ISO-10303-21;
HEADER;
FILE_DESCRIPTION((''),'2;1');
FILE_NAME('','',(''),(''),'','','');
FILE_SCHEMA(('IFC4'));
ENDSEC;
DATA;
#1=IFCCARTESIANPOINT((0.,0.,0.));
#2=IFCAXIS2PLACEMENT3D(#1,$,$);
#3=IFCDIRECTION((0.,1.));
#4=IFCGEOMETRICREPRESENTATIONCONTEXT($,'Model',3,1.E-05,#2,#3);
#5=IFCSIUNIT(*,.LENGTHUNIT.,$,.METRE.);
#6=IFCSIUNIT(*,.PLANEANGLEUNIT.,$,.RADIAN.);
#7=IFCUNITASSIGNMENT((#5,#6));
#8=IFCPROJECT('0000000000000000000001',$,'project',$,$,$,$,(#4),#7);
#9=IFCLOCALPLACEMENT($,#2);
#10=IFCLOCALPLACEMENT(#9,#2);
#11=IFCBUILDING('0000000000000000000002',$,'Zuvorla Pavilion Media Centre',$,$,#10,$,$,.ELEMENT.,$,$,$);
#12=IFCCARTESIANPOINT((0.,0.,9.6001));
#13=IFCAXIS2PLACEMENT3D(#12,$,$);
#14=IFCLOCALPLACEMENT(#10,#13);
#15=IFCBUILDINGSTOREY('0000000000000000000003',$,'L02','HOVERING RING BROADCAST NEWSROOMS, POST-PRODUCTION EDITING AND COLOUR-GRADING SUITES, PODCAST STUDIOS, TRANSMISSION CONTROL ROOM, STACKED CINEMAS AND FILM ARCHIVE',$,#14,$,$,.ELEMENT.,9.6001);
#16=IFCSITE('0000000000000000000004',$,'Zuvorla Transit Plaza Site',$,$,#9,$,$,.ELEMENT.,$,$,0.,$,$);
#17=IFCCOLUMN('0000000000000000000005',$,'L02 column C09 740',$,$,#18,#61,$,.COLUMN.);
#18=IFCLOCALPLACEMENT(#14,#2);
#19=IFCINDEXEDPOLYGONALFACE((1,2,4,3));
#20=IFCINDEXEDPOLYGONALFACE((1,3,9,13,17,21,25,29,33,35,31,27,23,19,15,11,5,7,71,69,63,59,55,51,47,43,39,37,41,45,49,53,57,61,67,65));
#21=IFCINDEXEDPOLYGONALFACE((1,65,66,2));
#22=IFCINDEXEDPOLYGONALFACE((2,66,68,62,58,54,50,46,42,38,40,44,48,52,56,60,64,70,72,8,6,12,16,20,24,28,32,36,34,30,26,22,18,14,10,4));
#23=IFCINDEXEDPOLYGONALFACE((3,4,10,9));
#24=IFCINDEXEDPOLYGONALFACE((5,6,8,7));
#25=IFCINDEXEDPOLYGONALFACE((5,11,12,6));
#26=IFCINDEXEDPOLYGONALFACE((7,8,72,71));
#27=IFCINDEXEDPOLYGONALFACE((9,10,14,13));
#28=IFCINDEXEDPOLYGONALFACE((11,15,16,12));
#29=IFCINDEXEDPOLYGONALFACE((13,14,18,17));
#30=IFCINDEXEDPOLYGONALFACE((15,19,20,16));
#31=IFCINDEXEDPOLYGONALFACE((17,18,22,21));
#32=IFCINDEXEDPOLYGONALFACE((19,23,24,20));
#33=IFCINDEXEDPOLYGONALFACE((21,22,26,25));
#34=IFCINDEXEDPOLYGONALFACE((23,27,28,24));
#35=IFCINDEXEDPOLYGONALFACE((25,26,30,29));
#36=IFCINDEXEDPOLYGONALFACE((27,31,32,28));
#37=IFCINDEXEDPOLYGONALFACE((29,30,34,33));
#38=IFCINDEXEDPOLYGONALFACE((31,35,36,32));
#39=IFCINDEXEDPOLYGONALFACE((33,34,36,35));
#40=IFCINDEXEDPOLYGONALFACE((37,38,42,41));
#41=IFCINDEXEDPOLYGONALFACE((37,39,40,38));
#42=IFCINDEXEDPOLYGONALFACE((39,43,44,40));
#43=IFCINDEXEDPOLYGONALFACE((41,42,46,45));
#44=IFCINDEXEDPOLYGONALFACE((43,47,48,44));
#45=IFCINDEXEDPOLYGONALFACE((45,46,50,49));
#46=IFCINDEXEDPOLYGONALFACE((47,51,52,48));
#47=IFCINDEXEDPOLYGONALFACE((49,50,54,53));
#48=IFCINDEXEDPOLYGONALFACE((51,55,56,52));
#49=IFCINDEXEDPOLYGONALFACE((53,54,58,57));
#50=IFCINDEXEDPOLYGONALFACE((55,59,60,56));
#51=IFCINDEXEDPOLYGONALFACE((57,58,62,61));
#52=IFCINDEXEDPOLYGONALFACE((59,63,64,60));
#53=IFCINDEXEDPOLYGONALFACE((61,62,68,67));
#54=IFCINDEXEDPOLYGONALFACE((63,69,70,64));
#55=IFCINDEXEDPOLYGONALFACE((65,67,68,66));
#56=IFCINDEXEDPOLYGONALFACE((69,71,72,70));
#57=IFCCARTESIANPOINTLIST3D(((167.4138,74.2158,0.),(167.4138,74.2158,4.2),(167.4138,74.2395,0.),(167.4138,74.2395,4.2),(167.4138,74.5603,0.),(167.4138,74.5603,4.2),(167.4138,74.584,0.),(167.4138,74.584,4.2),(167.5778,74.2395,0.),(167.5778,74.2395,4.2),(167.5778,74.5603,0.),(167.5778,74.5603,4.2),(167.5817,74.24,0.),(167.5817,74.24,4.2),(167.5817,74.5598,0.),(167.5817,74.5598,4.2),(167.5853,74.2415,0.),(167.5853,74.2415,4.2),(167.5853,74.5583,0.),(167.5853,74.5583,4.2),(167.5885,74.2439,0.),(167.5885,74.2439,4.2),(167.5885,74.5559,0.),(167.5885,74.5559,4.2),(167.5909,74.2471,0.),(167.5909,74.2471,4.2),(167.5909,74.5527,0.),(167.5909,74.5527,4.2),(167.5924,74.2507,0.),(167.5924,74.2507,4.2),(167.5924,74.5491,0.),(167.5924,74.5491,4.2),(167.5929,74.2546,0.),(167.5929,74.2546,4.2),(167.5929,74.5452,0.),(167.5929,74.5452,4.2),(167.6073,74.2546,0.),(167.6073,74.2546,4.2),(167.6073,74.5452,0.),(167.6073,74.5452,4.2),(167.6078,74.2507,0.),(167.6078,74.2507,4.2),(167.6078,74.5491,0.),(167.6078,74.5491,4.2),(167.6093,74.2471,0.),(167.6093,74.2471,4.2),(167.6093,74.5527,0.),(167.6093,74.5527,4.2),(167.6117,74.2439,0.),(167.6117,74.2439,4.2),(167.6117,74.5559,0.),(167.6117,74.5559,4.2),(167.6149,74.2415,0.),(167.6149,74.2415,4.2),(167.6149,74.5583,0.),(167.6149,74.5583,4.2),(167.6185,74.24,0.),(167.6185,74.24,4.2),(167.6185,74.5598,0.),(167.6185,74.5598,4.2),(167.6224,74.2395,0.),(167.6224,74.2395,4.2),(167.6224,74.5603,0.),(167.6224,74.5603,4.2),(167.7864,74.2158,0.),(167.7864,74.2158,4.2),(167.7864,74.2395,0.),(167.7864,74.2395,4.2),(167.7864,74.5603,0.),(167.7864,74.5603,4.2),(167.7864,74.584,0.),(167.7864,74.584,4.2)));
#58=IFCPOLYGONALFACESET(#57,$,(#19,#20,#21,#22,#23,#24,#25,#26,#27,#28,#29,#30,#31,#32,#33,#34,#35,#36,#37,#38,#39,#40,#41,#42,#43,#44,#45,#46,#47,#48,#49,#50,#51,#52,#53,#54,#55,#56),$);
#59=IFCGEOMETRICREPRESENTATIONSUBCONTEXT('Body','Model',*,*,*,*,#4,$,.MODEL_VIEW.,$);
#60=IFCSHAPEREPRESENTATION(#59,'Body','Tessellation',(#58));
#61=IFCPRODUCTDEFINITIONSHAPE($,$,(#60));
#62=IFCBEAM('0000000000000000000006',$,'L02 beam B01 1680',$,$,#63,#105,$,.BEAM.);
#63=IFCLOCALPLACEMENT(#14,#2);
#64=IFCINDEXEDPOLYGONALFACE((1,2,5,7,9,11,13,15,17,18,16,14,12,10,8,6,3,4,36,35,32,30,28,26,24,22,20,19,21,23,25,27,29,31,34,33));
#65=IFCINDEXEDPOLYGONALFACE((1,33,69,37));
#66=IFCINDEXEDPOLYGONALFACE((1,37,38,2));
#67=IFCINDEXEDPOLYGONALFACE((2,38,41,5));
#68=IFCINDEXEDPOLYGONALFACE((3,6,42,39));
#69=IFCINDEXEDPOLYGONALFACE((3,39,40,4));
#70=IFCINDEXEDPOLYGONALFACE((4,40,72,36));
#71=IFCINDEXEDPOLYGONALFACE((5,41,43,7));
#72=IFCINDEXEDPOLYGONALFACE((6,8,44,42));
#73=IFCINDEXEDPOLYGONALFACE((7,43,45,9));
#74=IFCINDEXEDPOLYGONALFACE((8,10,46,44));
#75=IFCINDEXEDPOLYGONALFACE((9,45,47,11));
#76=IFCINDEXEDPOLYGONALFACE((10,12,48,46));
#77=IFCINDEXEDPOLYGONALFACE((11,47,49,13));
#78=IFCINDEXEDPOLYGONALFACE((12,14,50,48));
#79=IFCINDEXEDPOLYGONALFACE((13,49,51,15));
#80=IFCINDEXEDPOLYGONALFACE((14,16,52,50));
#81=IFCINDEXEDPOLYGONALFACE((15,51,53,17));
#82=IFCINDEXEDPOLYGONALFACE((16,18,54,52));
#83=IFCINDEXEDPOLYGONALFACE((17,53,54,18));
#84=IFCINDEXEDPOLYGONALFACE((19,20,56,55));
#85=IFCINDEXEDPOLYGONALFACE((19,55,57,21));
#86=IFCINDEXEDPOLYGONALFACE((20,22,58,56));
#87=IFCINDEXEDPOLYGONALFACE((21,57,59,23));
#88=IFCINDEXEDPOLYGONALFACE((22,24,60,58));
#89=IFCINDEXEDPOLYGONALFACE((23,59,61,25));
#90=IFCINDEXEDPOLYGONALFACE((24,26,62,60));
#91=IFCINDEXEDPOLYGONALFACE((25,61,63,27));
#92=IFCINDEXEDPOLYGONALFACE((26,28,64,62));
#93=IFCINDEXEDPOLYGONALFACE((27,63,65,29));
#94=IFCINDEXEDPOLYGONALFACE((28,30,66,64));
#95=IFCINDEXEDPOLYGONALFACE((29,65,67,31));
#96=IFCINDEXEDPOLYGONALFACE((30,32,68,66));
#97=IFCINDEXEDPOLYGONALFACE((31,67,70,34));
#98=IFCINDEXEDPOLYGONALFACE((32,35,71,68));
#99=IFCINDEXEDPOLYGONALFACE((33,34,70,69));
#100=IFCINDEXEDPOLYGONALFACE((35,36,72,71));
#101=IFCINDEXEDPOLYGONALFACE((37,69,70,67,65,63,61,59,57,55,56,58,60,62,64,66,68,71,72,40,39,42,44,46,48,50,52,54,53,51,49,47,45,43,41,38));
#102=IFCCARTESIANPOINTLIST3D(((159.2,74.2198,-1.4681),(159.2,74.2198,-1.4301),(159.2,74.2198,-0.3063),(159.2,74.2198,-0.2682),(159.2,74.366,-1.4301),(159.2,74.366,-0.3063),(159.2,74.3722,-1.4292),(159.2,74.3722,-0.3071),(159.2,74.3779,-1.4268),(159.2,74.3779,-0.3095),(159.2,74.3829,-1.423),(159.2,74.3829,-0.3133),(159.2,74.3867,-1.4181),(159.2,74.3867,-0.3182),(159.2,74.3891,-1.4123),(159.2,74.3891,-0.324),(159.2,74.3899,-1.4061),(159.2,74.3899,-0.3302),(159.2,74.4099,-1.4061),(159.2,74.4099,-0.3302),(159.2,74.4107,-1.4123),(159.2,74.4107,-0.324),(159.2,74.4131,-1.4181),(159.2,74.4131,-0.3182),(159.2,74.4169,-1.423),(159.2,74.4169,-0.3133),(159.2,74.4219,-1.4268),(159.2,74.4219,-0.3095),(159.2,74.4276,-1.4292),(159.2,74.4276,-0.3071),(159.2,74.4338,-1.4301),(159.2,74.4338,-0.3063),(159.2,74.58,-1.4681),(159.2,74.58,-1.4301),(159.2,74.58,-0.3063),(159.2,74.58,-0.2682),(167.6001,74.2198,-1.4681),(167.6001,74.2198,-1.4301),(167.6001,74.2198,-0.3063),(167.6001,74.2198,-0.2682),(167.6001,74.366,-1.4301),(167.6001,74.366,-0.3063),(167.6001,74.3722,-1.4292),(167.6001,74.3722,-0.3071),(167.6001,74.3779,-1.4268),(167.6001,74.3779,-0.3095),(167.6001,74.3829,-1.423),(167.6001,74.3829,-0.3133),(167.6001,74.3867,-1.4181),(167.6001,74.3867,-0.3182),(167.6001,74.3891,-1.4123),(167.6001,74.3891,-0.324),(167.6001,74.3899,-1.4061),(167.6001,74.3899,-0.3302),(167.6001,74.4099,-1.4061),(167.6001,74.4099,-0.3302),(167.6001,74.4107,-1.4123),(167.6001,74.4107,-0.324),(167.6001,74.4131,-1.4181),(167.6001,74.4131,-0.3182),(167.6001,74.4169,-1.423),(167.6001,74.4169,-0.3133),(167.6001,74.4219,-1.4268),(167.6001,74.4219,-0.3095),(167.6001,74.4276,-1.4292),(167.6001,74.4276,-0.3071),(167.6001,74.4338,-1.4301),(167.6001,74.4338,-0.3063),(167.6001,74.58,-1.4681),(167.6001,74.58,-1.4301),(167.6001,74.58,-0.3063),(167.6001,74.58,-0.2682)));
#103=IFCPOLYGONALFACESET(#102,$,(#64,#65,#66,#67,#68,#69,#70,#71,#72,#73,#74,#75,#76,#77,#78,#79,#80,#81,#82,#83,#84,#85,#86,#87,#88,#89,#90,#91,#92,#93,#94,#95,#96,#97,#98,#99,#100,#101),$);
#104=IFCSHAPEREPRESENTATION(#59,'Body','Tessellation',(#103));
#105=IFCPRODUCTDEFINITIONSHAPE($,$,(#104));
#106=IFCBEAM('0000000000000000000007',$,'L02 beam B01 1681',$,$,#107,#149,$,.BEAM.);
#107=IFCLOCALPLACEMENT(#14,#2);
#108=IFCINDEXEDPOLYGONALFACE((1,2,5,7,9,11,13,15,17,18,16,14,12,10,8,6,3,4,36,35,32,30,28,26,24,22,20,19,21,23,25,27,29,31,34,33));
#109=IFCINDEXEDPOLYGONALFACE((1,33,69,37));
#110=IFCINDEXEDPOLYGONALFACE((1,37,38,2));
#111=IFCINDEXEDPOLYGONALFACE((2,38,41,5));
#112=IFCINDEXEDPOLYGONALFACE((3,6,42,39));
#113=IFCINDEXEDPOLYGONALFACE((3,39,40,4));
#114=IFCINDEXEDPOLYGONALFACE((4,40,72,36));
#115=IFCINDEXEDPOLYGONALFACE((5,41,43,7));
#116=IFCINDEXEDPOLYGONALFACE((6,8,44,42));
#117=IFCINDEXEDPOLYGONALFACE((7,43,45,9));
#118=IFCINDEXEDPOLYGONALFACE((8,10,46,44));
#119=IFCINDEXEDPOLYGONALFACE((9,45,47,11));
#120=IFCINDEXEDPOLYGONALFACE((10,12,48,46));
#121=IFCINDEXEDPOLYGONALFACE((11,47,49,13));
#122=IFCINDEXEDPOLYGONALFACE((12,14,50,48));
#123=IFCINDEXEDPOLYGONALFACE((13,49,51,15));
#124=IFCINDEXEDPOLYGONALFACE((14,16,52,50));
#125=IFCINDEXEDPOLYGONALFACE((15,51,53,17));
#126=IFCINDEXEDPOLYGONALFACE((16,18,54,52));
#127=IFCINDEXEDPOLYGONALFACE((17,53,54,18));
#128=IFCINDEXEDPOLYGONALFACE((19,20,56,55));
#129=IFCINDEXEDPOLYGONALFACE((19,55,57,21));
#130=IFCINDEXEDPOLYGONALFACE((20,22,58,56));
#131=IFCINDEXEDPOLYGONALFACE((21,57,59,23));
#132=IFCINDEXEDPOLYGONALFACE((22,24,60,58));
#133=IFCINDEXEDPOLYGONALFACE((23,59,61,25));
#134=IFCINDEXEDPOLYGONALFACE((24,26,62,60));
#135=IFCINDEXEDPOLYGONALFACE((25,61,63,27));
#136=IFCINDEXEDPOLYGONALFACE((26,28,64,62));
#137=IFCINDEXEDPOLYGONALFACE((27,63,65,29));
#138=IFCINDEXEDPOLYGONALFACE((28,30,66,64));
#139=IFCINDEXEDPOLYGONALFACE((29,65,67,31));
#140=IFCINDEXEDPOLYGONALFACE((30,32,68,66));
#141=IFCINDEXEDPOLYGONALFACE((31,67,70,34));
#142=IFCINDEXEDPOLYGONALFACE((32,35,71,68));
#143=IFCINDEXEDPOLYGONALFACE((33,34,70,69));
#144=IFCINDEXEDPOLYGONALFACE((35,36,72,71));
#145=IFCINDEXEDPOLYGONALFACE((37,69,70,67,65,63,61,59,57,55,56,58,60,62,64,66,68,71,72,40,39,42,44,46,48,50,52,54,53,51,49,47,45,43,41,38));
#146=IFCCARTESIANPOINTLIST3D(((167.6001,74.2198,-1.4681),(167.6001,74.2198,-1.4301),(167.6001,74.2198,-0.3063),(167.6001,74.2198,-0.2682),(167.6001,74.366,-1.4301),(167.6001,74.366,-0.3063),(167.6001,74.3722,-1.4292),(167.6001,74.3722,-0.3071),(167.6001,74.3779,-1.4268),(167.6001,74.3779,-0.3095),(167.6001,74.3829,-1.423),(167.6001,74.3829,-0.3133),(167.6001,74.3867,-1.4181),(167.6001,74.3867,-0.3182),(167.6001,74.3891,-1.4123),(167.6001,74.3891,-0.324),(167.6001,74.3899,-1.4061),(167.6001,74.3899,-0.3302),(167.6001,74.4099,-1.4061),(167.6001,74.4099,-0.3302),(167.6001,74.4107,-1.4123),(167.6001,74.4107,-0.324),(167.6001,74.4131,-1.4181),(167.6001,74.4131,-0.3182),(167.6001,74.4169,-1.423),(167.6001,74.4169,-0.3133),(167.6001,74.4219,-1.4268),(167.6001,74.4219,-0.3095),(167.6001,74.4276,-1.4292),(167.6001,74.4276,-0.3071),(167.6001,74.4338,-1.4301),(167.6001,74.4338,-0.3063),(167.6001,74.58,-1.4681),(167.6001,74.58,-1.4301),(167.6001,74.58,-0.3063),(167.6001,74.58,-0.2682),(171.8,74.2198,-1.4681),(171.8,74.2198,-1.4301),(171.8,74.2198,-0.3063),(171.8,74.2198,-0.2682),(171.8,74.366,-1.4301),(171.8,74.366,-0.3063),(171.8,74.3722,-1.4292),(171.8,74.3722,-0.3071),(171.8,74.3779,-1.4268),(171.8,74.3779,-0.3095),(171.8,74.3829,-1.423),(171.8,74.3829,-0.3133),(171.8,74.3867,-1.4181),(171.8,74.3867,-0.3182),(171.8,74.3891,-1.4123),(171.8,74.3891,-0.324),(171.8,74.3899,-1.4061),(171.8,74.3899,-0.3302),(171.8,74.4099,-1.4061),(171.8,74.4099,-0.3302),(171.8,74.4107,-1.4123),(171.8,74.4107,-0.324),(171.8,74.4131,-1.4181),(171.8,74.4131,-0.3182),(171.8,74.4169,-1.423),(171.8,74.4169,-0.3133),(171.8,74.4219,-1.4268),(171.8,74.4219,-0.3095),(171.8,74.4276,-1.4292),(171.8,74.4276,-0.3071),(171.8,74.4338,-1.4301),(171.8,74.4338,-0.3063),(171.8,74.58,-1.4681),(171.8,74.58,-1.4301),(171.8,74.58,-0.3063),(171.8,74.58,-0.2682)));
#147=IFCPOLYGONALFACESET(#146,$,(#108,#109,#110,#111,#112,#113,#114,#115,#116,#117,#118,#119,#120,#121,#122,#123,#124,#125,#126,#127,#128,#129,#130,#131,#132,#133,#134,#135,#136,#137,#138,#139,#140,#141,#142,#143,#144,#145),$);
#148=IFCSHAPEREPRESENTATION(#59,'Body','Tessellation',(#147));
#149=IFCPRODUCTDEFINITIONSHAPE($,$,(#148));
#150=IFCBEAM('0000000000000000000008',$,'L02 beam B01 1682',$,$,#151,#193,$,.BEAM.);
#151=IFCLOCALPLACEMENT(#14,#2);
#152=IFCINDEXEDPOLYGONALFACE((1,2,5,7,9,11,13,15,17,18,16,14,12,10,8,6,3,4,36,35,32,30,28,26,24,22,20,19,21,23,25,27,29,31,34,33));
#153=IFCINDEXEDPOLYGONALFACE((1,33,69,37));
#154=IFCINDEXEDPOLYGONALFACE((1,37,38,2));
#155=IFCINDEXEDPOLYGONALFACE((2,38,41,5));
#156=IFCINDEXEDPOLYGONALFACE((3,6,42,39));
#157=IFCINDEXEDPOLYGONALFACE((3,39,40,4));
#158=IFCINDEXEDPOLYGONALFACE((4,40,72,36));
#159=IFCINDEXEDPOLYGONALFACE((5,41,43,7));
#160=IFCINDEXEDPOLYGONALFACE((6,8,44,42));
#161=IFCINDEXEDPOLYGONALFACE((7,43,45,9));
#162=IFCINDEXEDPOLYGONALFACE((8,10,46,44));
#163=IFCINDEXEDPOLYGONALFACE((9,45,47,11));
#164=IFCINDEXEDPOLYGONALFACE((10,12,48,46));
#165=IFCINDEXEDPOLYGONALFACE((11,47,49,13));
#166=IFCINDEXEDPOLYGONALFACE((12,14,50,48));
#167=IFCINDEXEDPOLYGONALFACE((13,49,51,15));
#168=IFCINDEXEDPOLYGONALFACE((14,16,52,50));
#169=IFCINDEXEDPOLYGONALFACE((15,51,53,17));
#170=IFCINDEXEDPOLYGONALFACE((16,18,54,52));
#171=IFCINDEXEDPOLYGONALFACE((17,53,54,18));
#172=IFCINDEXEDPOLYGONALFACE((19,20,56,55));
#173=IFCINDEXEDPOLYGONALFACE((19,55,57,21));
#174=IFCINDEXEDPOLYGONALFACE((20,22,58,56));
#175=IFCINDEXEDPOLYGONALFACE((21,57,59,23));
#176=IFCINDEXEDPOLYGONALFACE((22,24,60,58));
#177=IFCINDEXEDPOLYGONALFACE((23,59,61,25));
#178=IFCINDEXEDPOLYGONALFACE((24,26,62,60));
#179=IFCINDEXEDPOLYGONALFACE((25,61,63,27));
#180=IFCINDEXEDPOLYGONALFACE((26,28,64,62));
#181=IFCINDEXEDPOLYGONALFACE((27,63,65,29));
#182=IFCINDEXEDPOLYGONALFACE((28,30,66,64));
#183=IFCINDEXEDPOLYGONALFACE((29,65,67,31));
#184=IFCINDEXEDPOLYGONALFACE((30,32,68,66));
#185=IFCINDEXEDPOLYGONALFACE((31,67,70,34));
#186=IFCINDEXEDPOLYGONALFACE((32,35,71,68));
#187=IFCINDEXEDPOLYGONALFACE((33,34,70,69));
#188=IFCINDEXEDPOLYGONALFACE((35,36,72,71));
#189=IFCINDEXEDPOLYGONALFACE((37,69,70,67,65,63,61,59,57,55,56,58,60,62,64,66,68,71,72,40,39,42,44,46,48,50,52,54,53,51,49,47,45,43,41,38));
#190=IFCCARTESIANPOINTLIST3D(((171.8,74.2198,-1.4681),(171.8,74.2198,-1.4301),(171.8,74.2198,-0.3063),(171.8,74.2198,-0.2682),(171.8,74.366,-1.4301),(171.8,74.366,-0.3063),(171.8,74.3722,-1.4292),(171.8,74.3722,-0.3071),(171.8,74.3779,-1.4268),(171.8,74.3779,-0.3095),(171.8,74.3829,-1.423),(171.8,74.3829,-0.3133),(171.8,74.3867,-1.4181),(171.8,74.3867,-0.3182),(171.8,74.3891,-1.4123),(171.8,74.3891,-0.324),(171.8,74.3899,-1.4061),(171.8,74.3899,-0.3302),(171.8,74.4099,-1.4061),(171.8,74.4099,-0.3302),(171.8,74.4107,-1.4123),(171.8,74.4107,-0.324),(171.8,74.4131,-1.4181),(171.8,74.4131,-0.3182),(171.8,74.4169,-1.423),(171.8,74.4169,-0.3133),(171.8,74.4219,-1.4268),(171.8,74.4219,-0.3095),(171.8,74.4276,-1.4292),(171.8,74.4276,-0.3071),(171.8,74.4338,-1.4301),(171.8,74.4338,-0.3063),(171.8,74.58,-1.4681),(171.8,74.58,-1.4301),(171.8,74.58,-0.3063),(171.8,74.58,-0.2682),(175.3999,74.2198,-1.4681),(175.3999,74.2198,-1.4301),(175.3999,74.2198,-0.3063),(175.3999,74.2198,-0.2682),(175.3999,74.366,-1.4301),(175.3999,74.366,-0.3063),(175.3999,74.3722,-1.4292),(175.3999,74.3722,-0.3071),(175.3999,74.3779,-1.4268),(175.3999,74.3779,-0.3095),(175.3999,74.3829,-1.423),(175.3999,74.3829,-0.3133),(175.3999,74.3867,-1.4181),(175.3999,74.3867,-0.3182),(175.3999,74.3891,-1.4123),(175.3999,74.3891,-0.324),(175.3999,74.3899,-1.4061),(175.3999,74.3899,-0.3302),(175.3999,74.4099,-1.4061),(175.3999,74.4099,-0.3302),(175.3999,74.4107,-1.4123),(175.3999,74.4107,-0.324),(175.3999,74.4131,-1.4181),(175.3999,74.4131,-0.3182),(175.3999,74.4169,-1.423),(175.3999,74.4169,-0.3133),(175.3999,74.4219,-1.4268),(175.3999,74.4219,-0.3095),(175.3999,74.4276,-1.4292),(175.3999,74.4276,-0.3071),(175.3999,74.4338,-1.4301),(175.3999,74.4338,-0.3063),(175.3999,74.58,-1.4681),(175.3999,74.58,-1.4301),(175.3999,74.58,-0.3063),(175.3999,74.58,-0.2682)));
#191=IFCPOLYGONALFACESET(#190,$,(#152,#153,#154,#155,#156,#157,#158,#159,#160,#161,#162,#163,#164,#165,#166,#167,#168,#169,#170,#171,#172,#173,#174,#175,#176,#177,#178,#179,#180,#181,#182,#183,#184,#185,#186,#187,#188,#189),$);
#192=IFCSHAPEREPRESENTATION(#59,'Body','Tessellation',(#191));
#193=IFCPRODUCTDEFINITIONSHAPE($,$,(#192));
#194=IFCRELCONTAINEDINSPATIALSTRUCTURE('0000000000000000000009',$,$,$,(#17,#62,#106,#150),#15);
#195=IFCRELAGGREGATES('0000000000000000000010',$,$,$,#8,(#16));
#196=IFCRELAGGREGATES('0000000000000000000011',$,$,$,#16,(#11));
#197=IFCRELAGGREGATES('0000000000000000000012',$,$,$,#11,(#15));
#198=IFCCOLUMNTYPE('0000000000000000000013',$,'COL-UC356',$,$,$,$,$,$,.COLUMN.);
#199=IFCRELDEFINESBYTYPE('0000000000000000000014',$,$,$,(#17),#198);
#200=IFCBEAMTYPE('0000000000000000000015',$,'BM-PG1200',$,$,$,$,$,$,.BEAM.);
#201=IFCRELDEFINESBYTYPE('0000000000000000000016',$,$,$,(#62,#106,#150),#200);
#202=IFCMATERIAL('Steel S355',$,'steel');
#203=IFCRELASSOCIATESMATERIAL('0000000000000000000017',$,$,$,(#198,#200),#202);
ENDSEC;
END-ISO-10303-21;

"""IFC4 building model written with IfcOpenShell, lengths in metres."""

from ifc_helpers import new_model, si_unit, direction, frame, origin, origin_2d, place, context, subcontext, project, spatial, i_section, extrude, material, material_profile, profile_set, type_object, element, save


model = new_model("IFC4")

# Units and contexts
model_context = context("Model", 3, precision=1e-05, world=origin(), true_north=direction((0.0, 1.0)))
body_context = subcontext(model_context, "Body", "Model", "MODEL_VIEW")
ifc_project = project(units=[si_unit("LENGTHUNIT", "METRE"), si_unit("PLANEANGLEUNIT", "RADIAN")], contexts=[model_context])

# Site, building, storey
site_placement = place(None, origin())
site = spatial("IfcSite", under=ifc_project, at=site_placement, Name="Zuvorla Transit Plaza Site", CompositionType="ELEMENT", RefElevation=0.0)
building_placement = place(site_placement, origin())
building = spatial("IfcBuilding", under=site, at=building_placement, Name="Zuvorla Pavilion Media Centre", CompositionType="ELEMENT")
storey_placement = place(building_placement, frame((0.0, 0.0, 9.6001)))
storey = spatial("IfcBuildingStorey", under=building, at=storey_placement, Name="L02", Description="HOVERING RING BROADCAST NEWSROOMS, POST-PRODUCTION EDITING AND COLOUR-GRADING SUITES, PODCAST STUDIOS, TRANSMISSION CONTROL ROOM, STACKED CINEMAS AND FILM ARCHIVE", CompositionType="ELEMENT", Elevation=9.6001)

# Column
ifc_material_1 = material(Name="Steel S355", Category="steel")
ifc_material_profile_1 = material_profile(ifc_material_1, i_section(OverallWidth=0.3726, OverallDepth=0.3682, WebThickness=0.0144, FlangeThickness=0.0237, FilletRadius=0.0151, at=origin_2d()), Name="UC 356x368x177")
ifc_profile_set_1 = profile_set([ifc_material_profile_1], Name="Steel S355")
column_type = type_object("IfcColumnType", Name="COL-UC356", PredefinedType="COLUMN", material=ifc_profile_set_1)
column_placement = place(storey_placement, frame((167.6001, 74.3999, 0.0), z_axis=(0.0, 0.0, 1.0), x_axis=(1.0, 0.0, 0.0)))
element("IfcColumn", 1, at=column_placement, inside=storey, type_object=column_type, Name="L02 column C09 740", PredefinedType="COLUMN", context=body_context, shape_type="SweptSolid", body=[
    extrude(i_section(OverallWidth=0.3726, OverallDepth=0.3682, WebThickness=0.0144, FlangeThickness=0.0237, FilletRadius=0.0151, at=origin_2d()), origin(), (0.0, 0.0, 1.0), 4.2),
])

# Beams
ifc_material_profile_2 = material_profile(ifc_material_1, i_section(OverallWidth=0.3601, OverallDepth=1.2, WebThickness=0.02, FlangeThickness=0.0381, FilletRadius=0.0239, at=origin_2d()), Name="PG 1200x360x38")
ifc_profile_set_2 = profile_set([ifc_material_profile_2], Name="Steel S355")
beam_type_1 = type_object("IfcBeamType", Name="BM-PG1200", PredefinedType="BEAM", material=ifc_profile_set_2)
beam_1_placement = place(storey_placement, frame((159.2, 74.3999, -0.8682), z_axis=(1.0, 0.0, 0.0), x_axis=(0.0, 1.0, 0.0)))
element("IfcBeam", 2, at=beam_1_placement, inside=storey, type_object=beam_type_1, Name="L02 beam B01 1680", PredefinedType="BEAM", context=body_context, shape_type="SweptSolid", body=[
    extrude(i_section(OverallWidth=0.3601, OverallDepth=1.2, WebThickness=0.02, FlangeThickness=0.0381, FilletRadius=0.0239, at=origin_2d()), origin(), (0.0, 0.0, 1.0), 8.4001),
])
beam_2_placement = place(storey_placement, frame((167.6001, 74.3999, -0.8682), z_axis=(1.0, 0.0, 0.0), x_axis=(0.0, 1.0, 0.0)))
element("IfcBeam", 3, at=beam_2_placement, inside=storey, type_object=beam_type_1, Name="L02 beam B01 1681", PredefinedType="BEAM", context=body_context, shape_type="SweptSolid", body=[
    extrude(i_section(OverallWidth=0.3601, OverallDepth=1.2, WebThickness=0.02, FlangeThickness=0.0381, FilletRadius=0.0239, at=origin_2d()), origin(), (0.0, 0.0, 1.0), 4.2),
])
beam_3_placement = place(storey_placement, frame((171.8, 74.3999, -0.8682), z_axis=(1.0, 0.0, 0.0), x_axis=(0.0, 1.0, 0.0)))
element("IfcBeam", 4, at=beam_3_placement, inside=storey, type_object=beam_type_1, Name="L02 beam B01 1682", PredefinedType="BEAM", context=body_context, shape_type="SweptSolid", body=[
    extrude(i_section(OverallWidth=0.3601, OverallDepth=1.2, WebThickness=0.02, FlangeThickness=0.0381, FilletRadius=0.0239, at=origin_2d()), origin(), (0.0, 0.0, 1.0), 3.5999),
])

save(model, "model.ifc")
